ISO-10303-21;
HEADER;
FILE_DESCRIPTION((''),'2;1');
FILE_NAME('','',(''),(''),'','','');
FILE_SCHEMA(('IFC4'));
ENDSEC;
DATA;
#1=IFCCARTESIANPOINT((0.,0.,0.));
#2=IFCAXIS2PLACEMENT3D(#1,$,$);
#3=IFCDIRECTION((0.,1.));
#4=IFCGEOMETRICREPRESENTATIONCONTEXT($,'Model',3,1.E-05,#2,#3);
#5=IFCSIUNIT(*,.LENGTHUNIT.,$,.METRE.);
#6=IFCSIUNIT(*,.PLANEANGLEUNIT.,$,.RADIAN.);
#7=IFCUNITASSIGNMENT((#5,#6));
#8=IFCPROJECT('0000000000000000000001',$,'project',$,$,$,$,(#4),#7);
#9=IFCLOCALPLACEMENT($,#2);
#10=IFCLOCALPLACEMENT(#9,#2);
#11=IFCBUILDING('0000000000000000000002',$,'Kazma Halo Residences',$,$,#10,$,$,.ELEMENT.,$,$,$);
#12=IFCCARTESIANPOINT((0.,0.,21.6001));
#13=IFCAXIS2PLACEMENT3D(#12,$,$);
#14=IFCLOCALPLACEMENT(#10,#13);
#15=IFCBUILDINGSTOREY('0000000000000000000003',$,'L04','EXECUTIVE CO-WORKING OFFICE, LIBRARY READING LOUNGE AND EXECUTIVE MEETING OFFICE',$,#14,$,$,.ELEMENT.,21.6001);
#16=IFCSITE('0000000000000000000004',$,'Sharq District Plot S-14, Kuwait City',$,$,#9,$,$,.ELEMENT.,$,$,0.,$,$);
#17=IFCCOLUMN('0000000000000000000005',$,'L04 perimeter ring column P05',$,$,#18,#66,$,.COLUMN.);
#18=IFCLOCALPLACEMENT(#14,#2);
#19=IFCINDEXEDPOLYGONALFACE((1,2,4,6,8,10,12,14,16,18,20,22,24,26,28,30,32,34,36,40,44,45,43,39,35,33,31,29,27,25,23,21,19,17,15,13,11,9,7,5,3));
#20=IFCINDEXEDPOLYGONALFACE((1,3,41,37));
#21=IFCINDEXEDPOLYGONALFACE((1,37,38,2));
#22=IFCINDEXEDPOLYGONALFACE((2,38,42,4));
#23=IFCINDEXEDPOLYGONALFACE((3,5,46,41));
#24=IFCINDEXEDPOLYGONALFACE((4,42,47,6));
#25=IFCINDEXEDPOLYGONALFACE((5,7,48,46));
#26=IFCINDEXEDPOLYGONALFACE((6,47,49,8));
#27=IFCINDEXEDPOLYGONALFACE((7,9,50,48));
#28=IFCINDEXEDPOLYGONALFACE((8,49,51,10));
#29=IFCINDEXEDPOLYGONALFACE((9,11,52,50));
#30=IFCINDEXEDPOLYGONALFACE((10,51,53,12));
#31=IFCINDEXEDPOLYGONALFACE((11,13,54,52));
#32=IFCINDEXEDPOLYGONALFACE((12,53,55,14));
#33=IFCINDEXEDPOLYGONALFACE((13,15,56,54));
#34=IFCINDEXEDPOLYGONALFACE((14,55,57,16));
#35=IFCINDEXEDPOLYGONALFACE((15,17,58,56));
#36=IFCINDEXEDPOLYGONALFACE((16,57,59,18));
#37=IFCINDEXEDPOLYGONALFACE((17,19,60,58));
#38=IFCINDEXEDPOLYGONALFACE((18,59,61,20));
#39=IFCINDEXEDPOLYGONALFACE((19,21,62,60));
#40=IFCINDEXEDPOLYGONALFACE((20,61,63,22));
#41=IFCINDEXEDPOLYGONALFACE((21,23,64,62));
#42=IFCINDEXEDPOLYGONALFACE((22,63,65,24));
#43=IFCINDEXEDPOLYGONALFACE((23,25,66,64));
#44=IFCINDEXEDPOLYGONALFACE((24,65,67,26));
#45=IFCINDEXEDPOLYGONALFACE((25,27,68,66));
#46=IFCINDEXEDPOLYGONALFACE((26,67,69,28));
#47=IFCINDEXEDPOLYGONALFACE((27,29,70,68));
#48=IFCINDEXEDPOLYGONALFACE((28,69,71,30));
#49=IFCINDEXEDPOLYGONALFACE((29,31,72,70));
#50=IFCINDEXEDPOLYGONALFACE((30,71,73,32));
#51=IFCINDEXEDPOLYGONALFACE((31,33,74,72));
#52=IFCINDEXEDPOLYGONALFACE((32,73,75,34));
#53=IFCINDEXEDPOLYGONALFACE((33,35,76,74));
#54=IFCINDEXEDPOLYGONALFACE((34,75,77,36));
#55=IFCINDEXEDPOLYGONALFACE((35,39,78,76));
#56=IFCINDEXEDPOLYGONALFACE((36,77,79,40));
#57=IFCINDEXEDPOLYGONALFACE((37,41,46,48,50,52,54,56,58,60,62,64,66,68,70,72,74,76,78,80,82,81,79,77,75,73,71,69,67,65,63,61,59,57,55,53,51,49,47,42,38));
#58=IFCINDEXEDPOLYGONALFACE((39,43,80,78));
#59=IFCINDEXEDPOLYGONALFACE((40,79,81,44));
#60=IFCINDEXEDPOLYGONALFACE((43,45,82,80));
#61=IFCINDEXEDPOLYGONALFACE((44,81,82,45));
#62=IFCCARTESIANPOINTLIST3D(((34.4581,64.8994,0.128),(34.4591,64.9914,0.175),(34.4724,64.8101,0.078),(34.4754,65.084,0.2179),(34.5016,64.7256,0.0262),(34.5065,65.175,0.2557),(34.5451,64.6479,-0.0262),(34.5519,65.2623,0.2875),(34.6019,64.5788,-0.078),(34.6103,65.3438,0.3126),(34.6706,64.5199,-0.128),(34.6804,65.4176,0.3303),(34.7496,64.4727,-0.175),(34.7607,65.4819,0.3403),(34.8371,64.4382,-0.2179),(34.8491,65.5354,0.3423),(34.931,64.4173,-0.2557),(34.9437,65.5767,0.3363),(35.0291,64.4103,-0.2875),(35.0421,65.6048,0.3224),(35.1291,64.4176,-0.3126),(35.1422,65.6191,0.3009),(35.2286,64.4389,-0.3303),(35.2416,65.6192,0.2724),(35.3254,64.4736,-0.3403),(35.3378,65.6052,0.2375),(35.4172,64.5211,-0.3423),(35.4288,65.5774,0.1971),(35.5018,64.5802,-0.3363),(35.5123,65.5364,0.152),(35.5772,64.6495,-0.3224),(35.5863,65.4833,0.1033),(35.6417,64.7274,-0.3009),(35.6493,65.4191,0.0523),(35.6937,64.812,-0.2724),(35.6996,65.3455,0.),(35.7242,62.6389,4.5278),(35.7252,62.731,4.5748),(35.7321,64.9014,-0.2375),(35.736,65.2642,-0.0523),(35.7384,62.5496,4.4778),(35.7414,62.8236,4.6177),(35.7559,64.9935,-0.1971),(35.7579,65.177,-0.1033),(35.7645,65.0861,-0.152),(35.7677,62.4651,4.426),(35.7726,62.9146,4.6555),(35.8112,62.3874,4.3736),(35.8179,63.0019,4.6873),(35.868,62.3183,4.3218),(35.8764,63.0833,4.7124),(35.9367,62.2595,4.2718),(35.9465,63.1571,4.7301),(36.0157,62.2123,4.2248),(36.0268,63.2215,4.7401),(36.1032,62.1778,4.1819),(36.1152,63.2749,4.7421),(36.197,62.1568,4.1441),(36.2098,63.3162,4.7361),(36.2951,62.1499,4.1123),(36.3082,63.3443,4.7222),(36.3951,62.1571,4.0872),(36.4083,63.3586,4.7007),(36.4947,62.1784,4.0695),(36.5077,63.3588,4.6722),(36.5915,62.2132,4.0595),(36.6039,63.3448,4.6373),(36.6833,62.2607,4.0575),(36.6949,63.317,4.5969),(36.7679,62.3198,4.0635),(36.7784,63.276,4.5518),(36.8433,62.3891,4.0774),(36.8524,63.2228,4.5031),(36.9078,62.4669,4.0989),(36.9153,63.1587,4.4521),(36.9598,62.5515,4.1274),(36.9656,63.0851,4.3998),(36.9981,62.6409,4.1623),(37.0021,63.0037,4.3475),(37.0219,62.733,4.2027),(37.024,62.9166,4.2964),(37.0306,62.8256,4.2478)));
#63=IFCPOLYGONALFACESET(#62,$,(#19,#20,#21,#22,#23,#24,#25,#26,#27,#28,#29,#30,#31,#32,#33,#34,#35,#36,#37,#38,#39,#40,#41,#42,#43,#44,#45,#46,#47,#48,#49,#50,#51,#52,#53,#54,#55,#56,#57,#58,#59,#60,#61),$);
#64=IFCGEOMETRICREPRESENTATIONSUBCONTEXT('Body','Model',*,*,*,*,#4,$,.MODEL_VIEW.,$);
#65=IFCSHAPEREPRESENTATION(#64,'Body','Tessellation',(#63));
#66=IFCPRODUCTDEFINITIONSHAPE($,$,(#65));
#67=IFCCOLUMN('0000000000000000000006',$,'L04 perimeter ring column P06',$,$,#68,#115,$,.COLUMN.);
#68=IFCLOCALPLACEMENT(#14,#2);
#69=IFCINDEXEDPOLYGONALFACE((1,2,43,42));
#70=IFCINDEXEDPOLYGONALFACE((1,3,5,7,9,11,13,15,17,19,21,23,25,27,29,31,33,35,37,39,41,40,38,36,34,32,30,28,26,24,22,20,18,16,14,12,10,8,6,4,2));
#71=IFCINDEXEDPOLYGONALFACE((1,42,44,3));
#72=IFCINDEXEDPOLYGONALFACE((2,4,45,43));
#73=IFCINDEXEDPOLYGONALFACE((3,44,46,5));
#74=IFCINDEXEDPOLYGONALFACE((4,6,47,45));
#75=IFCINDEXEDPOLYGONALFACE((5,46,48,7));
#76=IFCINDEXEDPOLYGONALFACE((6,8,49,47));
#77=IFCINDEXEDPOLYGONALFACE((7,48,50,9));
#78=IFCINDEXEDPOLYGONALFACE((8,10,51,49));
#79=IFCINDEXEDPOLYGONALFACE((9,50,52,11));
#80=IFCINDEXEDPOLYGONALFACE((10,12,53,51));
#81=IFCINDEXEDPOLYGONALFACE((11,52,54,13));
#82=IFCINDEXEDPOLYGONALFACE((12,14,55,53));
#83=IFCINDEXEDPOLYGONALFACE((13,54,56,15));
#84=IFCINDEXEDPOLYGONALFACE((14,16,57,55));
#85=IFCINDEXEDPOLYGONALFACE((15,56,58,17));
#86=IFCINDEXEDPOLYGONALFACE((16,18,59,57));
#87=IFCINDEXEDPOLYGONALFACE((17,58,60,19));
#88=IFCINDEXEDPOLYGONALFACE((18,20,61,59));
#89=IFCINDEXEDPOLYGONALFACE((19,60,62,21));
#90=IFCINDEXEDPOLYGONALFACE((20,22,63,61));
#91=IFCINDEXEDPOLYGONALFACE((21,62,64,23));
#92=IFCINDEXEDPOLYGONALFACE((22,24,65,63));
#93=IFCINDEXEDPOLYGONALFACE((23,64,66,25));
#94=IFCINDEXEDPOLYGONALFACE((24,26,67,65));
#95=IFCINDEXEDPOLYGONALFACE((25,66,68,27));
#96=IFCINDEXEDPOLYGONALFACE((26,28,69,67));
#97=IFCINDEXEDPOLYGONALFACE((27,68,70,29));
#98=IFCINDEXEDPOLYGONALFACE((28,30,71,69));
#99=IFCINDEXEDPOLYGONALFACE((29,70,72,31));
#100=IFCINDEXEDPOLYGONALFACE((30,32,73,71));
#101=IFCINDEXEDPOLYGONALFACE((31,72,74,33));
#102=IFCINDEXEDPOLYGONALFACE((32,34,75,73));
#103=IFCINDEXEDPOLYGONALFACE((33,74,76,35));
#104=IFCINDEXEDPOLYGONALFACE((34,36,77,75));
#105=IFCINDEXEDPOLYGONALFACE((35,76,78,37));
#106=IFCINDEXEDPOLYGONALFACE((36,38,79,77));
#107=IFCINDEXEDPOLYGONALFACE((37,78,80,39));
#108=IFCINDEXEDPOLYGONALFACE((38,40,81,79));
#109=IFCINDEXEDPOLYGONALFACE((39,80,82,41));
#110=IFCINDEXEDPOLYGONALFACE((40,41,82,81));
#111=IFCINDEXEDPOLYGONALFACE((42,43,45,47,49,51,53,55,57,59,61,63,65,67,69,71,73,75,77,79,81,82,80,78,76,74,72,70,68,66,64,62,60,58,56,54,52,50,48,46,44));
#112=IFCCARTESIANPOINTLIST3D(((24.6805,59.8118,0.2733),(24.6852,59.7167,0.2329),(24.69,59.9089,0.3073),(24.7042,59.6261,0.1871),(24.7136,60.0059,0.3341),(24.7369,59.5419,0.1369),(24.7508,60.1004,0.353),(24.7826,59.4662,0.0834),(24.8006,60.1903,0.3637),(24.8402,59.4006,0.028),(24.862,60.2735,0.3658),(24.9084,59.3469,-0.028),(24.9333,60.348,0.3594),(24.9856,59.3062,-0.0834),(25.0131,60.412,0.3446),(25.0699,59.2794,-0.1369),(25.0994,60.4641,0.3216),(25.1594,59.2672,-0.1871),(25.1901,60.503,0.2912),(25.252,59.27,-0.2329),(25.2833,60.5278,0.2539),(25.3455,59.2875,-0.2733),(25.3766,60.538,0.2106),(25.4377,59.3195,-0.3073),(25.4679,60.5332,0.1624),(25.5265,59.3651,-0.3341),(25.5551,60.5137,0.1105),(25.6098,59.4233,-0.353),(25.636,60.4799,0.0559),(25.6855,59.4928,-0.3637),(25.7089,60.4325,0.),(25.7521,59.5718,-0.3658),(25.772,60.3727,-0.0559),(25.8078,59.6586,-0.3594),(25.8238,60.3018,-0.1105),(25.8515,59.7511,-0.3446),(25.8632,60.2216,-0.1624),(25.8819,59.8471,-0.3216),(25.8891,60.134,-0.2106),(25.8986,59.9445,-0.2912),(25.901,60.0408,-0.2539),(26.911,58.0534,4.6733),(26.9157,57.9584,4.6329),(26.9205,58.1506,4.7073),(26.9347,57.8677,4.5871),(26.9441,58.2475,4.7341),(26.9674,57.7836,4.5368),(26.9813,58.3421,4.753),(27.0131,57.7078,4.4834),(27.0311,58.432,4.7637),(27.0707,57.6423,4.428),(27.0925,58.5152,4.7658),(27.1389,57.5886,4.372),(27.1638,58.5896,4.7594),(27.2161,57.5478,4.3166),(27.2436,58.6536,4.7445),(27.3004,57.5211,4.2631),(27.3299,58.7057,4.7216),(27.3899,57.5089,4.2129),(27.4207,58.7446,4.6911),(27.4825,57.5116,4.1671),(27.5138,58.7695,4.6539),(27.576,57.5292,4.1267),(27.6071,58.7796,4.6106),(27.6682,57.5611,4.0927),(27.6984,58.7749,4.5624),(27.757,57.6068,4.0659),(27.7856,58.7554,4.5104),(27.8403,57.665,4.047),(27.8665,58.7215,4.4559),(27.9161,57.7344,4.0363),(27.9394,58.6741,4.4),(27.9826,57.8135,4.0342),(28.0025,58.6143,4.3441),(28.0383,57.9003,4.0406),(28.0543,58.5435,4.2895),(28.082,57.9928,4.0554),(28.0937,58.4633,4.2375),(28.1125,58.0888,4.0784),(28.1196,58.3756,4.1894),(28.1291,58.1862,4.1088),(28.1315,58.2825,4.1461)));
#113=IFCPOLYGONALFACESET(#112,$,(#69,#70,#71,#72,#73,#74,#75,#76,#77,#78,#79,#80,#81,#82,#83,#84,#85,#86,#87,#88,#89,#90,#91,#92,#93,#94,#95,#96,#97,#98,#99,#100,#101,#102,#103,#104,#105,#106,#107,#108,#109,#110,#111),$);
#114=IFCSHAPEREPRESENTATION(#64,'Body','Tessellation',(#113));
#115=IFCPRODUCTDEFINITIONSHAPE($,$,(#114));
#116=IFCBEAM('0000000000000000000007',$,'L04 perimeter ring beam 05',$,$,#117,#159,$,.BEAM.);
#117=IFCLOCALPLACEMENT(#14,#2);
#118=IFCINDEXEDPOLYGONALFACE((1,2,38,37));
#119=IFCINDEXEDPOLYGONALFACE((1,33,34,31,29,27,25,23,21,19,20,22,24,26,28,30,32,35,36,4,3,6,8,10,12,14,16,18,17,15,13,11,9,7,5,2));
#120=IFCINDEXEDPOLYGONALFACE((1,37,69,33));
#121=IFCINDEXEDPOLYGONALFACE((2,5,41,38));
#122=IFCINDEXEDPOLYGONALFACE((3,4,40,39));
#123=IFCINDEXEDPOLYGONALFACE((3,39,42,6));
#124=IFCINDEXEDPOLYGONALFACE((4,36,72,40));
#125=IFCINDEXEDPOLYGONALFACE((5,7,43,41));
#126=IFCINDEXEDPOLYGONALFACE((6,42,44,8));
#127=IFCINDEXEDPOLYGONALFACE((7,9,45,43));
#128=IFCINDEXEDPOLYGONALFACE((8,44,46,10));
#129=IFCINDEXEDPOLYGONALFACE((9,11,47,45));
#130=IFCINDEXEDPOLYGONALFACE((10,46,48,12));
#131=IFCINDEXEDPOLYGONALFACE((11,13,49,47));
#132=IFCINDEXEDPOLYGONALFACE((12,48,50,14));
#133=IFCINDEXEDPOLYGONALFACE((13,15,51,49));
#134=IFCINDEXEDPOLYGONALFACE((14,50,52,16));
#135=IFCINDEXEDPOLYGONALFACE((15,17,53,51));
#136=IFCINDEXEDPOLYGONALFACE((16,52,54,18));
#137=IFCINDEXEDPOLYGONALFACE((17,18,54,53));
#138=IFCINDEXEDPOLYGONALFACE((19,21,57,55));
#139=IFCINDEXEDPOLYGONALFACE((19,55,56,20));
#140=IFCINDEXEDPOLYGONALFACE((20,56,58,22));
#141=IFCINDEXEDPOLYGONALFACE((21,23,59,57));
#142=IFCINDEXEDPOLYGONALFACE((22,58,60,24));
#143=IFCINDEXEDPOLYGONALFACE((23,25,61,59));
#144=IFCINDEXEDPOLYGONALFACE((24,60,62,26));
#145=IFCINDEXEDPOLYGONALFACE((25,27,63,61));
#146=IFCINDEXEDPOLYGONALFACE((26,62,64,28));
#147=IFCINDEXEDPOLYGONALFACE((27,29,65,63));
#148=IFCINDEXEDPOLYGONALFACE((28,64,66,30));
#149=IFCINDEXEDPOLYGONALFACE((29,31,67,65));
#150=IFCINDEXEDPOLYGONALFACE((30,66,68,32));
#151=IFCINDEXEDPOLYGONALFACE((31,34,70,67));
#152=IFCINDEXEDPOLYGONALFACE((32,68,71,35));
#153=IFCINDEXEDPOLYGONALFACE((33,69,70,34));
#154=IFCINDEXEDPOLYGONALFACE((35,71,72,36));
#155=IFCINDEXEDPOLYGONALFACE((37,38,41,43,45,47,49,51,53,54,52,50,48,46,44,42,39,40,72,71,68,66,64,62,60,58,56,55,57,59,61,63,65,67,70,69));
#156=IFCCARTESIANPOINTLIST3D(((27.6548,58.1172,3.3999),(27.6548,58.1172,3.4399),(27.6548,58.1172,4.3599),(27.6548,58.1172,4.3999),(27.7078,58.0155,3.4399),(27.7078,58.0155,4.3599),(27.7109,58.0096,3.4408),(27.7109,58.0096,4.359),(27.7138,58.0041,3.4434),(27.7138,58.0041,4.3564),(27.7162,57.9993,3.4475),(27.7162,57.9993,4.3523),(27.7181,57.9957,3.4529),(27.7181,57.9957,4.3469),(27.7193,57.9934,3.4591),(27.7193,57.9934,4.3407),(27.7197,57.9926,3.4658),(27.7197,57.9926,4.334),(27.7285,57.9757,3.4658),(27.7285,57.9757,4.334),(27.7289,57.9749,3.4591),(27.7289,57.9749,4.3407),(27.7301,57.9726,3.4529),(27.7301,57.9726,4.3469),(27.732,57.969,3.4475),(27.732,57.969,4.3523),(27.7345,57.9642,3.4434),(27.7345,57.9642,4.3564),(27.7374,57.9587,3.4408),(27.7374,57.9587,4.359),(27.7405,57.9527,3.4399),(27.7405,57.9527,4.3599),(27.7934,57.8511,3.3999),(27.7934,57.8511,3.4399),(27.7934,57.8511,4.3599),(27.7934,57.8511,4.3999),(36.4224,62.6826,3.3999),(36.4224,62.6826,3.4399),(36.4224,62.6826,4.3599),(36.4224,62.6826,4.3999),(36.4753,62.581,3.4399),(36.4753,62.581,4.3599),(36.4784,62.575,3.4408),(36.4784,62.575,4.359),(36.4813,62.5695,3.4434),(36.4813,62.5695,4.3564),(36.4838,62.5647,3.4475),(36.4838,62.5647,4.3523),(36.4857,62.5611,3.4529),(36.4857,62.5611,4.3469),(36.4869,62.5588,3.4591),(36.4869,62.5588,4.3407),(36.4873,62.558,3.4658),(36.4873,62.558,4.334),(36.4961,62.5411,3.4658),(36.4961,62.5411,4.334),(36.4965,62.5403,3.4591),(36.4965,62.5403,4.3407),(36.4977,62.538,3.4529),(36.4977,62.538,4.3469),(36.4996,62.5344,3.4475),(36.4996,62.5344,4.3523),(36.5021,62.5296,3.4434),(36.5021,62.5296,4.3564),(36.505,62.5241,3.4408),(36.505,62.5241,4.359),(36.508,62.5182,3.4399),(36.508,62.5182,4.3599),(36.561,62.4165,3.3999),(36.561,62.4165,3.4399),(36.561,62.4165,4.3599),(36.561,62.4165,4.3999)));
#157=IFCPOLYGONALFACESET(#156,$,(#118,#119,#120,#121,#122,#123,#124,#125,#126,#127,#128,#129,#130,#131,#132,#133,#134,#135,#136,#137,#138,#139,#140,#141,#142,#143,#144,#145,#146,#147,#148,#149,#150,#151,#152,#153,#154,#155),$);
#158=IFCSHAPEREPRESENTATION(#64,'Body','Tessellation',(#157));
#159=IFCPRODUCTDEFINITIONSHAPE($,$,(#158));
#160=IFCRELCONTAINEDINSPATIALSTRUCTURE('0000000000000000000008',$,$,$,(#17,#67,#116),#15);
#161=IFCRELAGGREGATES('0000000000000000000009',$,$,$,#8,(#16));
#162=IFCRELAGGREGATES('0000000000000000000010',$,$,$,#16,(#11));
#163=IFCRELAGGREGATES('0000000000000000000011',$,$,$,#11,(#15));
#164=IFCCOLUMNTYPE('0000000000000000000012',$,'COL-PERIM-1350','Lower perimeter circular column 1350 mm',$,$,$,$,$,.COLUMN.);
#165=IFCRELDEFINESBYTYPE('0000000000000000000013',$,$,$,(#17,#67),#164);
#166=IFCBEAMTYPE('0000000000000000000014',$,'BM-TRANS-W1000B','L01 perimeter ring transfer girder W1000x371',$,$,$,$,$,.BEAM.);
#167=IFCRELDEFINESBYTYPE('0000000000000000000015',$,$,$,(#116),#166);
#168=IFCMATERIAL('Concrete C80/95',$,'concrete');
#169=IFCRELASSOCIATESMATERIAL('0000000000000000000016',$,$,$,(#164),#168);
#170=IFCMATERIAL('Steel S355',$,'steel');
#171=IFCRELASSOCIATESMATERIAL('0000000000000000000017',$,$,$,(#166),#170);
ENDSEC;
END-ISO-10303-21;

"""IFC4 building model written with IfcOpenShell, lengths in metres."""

from ifc_helpers import new_model, si_unit, direction, frame, origin, origin_2d, place, context, subcontext, project, spatial, circle, i_section, extrude, material, material_profile, profile_set, type_object, element, save


model = new_model("IFC4")

# Units and contexts
model_context = context("Model", 3, precision=1e-05, world=origin(), true_north=direction((0.0, 1.0)))
body_context = subcontext(model_context, "Body", "Model", "MODEL_VIEW")
ifc_project = project(units=[si_unit("LENGTHUNIT", "METRE"), si_unit("PLANEANGLEUNIT", "RADIAN")], contexts=[model_context])

# Site, building, storey
site_placement = place(None, origin())
site = spatial("IfcSite", under=ifc_project, at=site_placement, Name="Sharq District Plot S-14, Kuwait City", CompositionType="ELEMENT", RefElevation=0.0)
building_placement = place(site_placement, origin())
building = spatial("IfcBuilding", under=site, at=building_placement, Name="Kazma Halo Residences", CompositionType="ELEMENT")
storey_placement = place(building_placement, frame((0.0, 0.0, 21.6001)))
storey = spatial("IfcBuildingStorey", under=building, at=storey_placement, Name="L04", Description="EXECUTIVE CO-WORKING OFFICE, LIBRARY READING LOUNGE AND EXECUTIVE MEETING OFFICE", CompositionType="ELEMENT", Elevation=21.6001)

# Columns
ifc_material_1 = material(Name="Concrete C80/95", Category="concrete")
ifc_material_profile_1 = material_profile(ifc_material_1, circle(Radius=0.675, at=origin_2d()), Name="CIRC1350")
ifc_profile_set_1 = profile_set([ifc_material_profile_1], Name="Concrete C80/95")
column_type = type_object("IfcColumnType", Name="COL-PERIM-1350", Description="Lower perimeter circular column 1350 mm", PredefinedType="COLUMN", material=ifc_profile_set_1)
column_1_placement = place(storey_placement, frame((35.1106, 65.0156, 0.0), z_axis=(0.247962, -0.442707, 0.861699), x_axis=(0.872467, 0.488672, 0.0)))
element("IfcColumn", 1, at=column_1_placement, inside=storey, type_object=column_type, Name="L04 perimeter ring column P05", PredefinedType="COLUMN", context=body_context, shape_type="SweptSolid", body=[
    extrude(circle(Radius=0.675, at=origin_2d()), origin(), (0.0, 0.0, 1.0), 5.106),
])
column_2_placement = place(storey_placement, frame((25.291, 59.9023, 0.0), z_axis=(0.425909, -0.335748, 0.840163), x_axis=(0.619081, 0.785327, 0.0)))
element("IfcColumn", 2, at=column_2_placement, inside=storey, type_object=column_type, Name="L04 perimeter ring column P06", PredefinedType="COLUMN", context=body_context, shape_type="SweptSolid", body=[
    extrude(circle(Radius=0.675, at=origin_2d()), origin(), (0.0, 0.0, 1.0), 5.2371),
])

# Beam
ifc_material_2 = material(Name="Steel S355", Category="steel")
ifc_material_profile_2 = material_profile(ifc_material_2, i_section(OverallWidth=0.3, OverallDepth=1.0, WebThickness=0.019, FlangeThickness=0.04, FilletRadius=0.0259, at=origin_2d()), Name="W1000x371")
ifc_profile_set_2 = profile_set([ifc_material_profile_2], Name="Steel S355")
beam_type = type_object("IfcBeamType", Name="BM-TRANS-W1000B", Description="L01 perimeter ring transfer girder W1000x371", PredefinedType="BEAM", material=ifc_profile_set_2)
beam_1_placement = place(storey_placement, frame((36.4917, 62.5496, 3.8999), z_axis=(-0.886956, -0.461853, 0.0), x_axis=(0.461853, -0.886956, 0.0)))
element("IfcBeam", 3, at=beam_1_placement, inside=storey, type_object=beam_type, Name="L04 perimeter ring beam 05", PredefinedType="BEAM", context=body_context, shape_type="SweptSolid", body=[
    extrude(i_section(OverallWidth=0.3, OverallDepth=1.0, WebThickness=0.019, FlangeThickness=0.04, FilletRadius=0.0259, at=origin_2d()), origin(), (0.0, 0.0, 1.0), 9.885),
])

save(model, "model.ifc")
